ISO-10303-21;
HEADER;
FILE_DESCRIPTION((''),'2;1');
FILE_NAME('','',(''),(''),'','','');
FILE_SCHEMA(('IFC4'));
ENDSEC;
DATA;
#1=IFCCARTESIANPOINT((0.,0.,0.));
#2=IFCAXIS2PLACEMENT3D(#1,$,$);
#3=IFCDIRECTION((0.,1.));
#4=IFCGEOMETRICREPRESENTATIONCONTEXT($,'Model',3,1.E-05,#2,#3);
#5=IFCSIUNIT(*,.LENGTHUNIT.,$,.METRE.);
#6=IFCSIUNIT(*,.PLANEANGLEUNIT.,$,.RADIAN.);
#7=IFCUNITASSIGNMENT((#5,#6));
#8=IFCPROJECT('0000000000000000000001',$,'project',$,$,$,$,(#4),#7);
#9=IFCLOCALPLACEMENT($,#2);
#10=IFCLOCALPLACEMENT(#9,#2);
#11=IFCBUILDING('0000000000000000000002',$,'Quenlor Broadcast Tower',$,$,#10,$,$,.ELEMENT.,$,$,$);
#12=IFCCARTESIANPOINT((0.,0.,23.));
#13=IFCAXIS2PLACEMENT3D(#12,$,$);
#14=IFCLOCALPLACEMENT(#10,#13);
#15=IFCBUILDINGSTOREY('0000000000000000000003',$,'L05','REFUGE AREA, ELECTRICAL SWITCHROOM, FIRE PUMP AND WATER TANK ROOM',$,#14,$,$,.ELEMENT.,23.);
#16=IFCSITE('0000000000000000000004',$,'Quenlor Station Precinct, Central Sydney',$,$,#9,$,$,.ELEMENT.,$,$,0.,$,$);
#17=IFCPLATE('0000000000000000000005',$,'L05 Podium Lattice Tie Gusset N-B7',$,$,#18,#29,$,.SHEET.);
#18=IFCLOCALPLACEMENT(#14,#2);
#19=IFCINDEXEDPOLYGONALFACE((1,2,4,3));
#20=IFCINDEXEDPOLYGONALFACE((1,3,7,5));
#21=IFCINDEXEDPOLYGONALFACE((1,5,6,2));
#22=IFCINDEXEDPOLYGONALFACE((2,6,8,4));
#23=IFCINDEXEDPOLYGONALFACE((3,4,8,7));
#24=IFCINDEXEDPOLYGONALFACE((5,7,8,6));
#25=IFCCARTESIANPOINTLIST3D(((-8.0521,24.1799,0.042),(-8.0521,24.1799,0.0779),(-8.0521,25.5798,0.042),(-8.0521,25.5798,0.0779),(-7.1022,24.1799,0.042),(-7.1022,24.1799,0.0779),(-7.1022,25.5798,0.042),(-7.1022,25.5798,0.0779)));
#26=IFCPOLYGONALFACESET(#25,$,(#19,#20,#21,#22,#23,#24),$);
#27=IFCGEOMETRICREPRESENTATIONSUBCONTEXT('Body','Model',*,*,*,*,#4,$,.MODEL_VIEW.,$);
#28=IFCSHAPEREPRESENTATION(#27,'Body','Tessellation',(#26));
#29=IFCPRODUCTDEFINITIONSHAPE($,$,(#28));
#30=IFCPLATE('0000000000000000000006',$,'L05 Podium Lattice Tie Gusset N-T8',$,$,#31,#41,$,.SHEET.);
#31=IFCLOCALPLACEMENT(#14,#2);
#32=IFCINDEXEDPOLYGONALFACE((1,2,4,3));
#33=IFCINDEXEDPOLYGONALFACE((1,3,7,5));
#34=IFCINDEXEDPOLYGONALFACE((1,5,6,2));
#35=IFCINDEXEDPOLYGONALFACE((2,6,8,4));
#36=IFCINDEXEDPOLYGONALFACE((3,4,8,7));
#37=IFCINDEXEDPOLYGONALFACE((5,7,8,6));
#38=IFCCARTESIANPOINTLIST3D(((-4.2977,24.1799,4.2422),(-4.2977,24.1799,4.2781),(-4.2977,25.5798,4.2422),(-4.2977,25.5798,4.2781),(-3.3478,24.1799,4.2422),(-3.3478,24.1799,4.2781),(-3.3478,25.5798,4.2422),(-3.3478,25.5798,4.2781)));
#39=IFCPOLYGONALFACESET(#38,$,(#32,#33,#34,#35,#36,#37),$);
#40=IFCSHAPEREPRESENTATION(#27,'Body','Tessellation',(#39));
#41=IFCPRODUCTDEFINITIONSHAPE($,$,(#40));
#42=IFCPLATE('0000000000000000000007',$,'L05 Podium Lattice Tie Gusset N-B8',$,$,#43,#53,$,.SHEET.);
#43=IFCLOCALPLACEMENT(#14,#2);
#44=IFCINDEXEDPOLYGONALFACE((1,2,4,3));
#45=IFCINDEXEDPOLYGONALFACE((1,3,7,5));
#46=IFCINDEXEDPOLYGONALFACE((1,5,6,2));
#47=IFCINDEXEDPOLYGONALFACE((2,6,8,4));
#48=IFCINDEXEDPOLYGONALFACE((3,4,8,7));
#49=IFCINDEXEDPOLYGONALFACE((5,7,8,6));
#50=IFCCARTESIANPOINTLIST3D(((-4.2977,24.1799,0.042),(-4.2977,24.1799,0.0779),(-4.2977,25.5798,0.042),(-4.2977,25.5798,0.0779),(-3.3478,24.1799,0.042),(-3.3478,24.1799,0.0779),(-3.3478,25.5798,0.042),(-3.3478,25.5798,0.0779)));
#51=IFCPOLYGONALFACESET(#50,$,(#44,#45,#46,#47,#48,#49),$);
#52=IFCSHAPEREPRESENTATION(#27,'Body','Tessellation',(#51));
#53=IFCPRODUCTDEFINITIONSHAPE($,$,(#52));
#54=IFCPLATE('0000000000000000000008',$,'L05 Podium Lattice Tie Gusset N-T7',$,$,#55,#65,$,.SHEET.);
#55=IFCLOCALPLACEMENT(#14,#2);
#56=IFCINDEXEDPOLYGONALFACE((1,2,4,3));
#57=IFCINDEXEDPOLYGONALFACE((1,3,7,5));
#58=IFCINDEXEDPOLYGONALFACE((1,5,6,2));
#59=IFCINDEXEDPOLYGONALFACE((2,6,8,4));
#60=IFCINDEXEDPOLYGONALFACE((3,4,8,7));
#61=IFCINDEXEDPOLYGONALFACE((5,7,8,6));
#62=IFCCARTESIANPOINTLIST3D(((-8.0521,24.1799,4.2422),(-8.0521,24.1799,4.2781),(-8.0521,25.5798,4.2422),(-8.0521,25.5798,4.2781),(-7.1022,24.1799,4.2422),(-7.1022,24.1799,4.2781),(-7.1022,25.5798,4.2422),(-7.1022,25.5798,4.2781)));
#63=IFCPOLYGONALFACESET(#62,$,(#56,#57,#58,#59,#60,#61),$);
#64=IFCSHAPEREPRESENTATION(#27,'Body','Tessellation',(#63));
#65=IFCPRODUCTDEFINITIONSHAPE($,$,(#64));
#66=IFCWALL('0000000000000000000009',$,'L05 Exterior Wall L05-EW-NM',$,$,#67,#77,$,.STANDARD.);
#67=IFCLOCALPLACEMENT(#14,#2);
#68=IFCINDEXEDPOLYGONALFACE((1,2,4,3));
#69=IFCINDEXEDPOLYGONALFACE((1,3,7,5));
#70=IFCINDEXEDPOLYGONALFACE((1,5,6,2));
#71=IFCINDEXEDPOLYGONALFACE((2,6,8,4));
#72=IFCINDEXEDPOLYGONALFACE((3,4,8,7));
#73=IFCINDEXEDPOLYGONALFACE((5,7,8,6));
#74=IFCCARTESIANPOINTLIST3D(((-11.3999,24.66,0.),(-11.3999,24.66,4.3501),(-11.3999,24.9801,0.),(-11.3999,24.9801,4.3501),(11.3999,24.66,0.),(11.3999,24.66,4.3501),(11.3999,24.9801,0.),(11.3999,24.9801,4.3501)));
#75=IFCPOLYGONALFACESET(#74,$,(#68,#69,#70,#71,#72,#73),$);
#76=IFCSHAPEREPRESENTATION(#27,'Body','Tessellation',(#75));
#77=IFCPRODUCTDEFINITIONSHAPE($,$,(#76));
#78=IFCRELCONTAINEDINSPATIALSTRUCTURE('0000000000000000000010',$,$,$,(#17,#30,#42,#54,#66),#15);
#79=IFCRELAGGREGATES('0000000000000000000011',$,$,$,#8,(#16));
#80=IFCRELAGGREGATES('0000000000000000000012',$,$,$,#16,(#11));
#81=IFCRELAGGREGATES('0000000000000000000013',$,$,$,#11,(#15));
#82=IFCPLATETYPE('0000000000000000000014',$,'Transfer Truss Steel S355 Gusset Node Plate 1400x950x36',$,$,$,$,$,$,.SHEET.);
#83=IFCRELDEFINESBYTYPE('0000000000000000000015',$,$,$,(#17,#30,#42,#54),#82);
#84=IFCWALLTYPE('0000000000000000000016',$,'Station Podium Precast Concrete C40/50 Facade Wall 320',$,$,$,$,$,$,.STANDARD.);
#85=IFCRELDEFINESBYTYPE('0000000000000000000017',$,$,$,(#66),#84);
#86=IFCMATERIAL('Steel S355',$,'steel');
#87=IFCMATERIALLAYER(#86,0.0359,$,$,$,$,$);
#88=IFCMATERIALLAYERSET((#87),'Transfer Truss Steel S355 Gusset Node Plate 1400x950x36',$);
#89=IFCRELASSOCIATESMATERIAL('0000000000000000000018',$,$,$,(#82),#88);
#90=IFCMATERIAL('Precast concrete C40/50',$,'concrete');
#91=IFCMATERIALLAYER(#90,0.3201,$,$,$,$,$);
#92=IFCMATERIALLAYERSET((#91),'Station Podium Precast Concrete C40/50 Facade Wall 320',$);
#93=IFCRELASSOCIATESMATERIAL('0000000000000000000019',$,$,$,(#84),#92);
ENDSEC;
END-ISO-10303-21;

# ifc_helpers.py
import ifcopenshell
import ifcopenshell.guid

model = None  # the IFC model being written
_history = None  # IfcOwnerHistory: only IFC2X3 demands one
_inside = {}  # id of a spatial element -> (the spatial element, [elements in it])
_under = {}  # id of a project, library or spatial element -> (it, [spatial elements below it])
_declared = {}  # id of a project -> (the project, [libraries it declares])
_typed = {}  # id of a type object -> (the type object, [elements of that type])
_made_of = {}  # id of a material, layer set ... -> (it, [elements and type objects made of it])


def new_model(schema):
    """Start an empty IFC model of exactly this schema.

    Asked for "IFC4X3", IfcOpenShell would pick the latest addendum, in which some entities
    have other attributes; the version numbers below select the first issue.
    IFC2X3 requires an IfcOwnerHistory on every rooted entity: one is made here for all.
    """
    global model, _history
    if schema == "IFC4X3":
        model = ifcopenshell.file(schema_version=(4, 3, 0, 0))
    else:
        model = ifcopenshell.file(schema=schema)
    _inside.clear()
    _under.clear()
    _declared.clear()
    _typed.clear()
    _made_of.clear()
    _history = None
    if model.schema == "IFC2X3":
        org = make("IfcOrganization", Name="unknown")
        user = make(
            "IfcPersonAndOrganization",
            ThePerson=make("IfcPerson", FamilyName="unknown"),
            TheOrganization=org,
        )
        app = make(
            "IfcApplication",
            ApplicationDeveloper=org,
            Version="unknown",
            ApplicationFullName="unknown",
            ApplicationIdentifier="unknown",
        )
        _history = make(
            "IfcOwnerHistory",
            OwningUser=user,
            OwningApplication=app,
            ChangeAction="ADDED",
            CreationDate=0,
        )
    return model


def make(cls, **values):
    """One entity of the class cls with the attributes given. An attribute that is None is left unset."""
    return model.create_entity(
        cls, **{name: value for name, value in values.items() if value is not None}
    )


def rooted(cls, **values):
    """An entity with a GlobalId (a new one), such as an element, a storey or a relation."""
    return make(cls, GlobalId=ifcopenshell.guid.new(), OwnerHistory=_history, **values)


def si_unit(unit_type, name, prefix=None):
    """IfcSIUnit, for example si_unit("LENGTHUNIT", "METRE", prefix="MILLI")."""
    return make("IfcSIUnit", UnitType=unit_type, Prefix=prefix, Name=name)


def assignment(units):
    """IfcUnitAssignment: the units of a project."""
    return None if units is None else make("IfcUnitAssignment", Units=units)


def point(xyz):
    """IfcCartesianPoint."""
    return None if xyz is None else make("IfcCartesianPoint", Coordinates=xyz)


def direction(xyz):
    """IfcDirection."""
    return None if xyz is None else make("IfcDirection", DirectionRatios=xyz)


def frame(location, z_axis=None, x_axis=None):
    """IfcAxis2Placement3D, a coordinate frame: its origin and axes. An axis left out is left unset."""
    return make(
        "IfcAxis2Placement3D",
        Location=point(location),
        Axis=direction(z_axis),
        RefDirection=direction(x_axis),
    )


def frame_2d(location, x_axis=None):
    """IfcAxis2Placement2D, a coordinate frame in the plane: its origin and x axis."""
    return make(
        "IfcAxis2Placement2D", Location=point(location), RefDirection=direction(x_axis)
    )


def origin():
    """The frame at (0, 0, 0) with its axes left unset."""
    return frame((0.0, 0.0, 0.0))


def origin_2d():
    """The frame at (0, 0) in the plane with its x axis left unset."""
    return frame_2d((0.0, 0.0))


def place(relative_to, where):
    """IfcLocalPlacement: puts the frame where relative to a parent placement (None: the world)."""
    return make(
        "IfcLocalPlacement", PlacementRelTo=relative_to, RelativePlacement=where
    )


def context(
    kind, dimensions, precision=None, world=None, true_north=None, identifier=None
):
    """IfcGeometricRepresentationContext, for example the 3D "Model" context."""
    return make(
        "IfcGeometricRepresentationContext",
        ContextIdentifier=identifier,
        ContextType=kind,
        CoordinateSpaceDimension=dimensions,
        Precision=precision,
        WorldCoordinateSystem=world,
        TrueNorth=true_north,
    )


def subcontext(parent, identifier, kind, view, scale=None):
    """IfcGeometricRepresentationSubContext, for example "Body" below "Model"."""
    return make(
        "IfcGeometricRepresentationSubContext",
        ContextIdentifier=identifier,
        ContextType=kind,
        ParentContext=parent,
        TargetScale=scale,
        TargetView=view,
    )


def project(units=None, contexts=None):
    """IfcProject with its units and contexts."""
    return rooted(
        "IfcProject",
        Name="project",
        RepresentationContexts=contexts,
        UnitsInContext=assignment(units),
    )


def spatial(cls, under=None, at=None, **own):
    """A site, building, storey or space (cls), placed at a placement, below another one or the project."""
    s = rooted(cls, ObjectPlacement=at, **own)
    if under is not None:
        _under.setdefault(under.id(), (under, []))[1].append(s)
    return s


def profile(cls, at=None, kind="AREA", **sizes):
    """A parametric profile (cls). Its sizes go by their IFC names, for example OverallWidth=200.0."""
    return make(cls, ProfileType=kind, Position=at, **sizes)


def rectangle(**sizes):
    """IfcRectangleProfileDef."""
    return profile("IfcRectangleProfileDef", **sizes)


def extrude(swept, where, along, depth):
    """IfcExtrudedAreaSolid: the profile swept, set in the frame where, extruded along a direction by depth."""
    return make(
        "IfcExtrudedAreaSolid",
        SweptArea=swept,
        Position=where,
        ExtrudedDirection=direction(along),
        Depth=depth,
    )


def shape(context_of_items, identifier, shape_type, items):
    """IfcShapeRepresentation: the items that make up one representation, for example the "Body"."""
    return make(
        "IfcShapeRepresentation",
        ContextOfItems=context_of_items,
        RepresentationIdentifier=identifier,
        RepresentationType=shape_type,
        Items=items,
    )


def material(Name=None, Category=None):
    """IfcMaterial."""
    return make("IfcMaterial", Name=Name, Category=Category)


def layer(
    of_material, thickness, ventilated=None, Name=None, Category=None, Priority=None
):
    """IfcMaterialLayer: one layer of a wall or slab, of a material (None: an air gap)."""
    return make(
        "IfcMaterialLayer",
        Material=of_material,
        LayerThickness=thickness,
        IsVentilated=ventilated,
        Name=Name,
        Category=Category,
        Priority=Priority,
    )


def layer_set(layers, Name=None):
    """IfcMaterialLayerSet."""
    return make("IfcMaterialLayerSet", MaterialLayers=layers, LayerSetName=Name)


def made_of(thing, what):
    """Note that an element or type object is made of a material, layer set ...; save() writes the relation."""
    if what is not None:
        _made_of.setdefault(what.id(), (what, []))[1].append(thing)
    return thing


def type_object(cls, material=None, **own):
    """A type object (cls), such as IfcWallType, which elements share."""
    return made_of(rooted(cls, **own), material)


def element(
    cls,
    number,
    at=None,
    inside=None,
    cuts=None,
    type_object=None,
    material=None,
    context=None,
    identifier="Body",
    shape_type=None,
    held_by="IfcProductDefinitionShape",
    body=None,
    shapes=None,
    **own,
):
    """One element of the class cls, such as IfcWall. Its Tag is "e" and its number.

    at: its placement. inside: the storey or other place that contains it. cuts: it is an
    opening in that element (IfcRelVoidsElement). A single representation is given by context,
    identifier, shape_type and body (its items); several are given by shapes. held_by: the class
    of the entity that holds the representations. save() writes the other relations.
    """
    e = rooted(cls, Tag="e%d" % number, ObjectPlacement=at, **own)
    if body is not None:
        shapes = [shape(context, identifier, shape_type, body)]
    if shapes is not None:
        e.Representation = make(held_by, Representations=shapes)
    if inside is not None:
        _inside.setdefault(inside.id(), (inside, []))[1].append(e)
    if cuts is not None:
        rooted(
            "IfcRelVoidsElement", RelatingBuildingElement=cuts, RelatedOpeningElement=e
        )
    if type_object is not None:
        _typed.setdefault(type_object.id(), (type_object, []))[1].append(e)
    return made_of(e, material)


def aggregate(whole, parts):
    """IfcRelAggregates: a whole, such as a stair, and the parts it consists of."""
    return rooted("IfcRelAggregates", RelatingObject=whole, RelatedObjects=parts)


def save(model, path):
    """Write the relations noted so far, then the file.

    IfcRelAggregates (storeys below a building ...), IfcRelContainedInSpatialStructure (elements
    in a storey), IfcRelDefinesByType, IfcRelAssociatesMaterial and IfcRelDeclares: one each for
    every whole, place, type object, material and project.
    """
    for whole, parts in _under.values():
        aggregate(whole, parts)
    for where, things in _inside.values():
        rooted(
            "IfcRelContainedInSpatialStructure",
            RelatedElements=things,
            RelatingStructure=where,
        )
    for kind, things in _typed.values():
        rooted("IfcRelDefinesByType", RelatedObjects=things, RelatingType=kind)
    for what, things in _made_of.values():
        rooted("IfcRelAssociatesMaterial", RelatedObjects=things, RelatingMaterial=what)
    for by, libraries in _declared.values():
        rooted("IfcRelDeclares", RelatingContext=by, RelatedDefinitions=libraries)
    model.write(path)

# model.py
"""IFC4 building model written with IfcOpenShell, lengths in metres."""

from ifc_helpers import new_model, si_unit, direction, frame, frame_2d, origin, origin_2d, place, context, subcontext, project, spatial, rectangle, extrude, material, layer, layer_set, type_object, element, save


model = new_model("IFC4")

# Units and contexts
model_context = context("Model", 3, precision=1e-05, world=origin(), true_north=direction((0.0, 1.0)))
body_context = subcontext(model_context, "Body", "Model", "MODEL_VIEW")
ifc_project = project(units=[si_unit("LENGTHUNIT", "METRE"), si_unit("PLANEANGLEUNIT", "RADIAN")], contexts=[model_context])

# Site, building, storey
site_placement = place(None, origin())
site = spatial("IfcSite", under=ifc_project, at=site_placement, Name="Quenlor Station Precinct, Central Sydney", CompositionType="ELEMENT", RefElevation=0.0)
building_placement = place(site_placement, origin())
building = spatial("IfcBuilding", under=site, at=building_placement, Name="Quenlor Broadcast Tower", CompositionType="ELEMENT")
storey_placement = place(building_placement, frame((0.0, 0.0, 23.0)))
storey = spatial("IfcBuildingStorey", under=building, at=storey_placement, Name="L05", Description="REFUGE AREA, ELECTRICAL SWITCHROOM, FIRE PUMP AND WATER TANK ROOM", CompositionType="ELEMENT", Elevation=23.0)

# Plates
ifc_material_1 = material(Name="Steel S355", Category="steel")
ifc_layer_1 = layer(ifc_material_1, 0.0359)
ifc_layer_set_1 = layer_set([ifc_layer_1], Name="Transfer Truss Steel S355 Gusset Node Plate 1400x950x36")
plate_type_1 = type_object("IfcPlateType", Name="Transfer Truss Steel S355 Gusset Node Plate 1400x950x36", PredefinedType="SHEET", material=ifc_layer_set_1)
for number, where, z_axis, x_axis, name in (
    (1, (-7.5771, 24.8799, 0.042), (0.0, 0.0, 1.0), (0.0, 1.0, 0.0), "L05 Podium Lattice Tie Gusset N-B7"),
    (2, (-3.8228, 24.8799, 4.2422), (0.0, 0.0, 1.0), (0.0, 1.0, 0.0), "L05 Podium Lattice Tie Gusset N-T8"),
    (3, (-3.8228, 24.8799, 0.042), (0.0, 0.0, 1.0), (0.0, 1.0, 0.0), "L05 Podium Lattice Tie Gusset N-B8"),
    (4, (-7.5771, 24.8799, 4.2422), (0.0, 0.0, 1.0), (0.0, 1.0, 0.0), "L05 Podium Lattice Tie Gusset N-T7"),
):
    element("IfcPlate", number, at=place(storey_placement, frame(where, z_axis=z_axis, x_axis=x_axis)), inside=storey, type_object=plate_type_1, Name=name, PredefinedType="SHEET", context=body_context, shape_type="SweptSolid", body=[
        extrude(rectangle(XDim=1.3999, YDim=0.95, at=origin_2d()), origin(), (0.0, 0.0, 1.0), 0.0359),
    ])

# Wall
ifc_material_2 = material(Name="Precast concrete C40/50", Category="concrete")
ifc_layer_2 = layer(ifc_material_2, 0.3201)
ifc_layer_set_2 = layer_set([ifc_layer_2], Name="Station Podium Precast Concrete C40/50 Facade Wall 320")
wall_type = type_object("IfcWallType", Name="Station Podium Precast Concrete C40/50 Facade Wall 320", PredefinedType="STANDARD", material=ifc_layer_set_2)
wall_placement = place(storey_placement, frame((-11.3999, 24.8201, 0.0), z_axis=(0.0, 0.0, 1.0), x_axis=(1.0, 0.0, 0.0)))
element("IfcWall", 5, at=wall_placement, inside=storey, type_object=wall_type, Name="L05 Exterior Wall L05-EW-NM", PredefinedType="STANDARD", context=body_context, shape_type="SweptSolid", body=[
    extrude(rectangle(XDim=22.7998, YDim=0.3201, at=frame_2d((11.3999, 0.0))), origin(), (0.0, 0.0, 1.0), 4.3501),
])

save(model, "model.ifc")
